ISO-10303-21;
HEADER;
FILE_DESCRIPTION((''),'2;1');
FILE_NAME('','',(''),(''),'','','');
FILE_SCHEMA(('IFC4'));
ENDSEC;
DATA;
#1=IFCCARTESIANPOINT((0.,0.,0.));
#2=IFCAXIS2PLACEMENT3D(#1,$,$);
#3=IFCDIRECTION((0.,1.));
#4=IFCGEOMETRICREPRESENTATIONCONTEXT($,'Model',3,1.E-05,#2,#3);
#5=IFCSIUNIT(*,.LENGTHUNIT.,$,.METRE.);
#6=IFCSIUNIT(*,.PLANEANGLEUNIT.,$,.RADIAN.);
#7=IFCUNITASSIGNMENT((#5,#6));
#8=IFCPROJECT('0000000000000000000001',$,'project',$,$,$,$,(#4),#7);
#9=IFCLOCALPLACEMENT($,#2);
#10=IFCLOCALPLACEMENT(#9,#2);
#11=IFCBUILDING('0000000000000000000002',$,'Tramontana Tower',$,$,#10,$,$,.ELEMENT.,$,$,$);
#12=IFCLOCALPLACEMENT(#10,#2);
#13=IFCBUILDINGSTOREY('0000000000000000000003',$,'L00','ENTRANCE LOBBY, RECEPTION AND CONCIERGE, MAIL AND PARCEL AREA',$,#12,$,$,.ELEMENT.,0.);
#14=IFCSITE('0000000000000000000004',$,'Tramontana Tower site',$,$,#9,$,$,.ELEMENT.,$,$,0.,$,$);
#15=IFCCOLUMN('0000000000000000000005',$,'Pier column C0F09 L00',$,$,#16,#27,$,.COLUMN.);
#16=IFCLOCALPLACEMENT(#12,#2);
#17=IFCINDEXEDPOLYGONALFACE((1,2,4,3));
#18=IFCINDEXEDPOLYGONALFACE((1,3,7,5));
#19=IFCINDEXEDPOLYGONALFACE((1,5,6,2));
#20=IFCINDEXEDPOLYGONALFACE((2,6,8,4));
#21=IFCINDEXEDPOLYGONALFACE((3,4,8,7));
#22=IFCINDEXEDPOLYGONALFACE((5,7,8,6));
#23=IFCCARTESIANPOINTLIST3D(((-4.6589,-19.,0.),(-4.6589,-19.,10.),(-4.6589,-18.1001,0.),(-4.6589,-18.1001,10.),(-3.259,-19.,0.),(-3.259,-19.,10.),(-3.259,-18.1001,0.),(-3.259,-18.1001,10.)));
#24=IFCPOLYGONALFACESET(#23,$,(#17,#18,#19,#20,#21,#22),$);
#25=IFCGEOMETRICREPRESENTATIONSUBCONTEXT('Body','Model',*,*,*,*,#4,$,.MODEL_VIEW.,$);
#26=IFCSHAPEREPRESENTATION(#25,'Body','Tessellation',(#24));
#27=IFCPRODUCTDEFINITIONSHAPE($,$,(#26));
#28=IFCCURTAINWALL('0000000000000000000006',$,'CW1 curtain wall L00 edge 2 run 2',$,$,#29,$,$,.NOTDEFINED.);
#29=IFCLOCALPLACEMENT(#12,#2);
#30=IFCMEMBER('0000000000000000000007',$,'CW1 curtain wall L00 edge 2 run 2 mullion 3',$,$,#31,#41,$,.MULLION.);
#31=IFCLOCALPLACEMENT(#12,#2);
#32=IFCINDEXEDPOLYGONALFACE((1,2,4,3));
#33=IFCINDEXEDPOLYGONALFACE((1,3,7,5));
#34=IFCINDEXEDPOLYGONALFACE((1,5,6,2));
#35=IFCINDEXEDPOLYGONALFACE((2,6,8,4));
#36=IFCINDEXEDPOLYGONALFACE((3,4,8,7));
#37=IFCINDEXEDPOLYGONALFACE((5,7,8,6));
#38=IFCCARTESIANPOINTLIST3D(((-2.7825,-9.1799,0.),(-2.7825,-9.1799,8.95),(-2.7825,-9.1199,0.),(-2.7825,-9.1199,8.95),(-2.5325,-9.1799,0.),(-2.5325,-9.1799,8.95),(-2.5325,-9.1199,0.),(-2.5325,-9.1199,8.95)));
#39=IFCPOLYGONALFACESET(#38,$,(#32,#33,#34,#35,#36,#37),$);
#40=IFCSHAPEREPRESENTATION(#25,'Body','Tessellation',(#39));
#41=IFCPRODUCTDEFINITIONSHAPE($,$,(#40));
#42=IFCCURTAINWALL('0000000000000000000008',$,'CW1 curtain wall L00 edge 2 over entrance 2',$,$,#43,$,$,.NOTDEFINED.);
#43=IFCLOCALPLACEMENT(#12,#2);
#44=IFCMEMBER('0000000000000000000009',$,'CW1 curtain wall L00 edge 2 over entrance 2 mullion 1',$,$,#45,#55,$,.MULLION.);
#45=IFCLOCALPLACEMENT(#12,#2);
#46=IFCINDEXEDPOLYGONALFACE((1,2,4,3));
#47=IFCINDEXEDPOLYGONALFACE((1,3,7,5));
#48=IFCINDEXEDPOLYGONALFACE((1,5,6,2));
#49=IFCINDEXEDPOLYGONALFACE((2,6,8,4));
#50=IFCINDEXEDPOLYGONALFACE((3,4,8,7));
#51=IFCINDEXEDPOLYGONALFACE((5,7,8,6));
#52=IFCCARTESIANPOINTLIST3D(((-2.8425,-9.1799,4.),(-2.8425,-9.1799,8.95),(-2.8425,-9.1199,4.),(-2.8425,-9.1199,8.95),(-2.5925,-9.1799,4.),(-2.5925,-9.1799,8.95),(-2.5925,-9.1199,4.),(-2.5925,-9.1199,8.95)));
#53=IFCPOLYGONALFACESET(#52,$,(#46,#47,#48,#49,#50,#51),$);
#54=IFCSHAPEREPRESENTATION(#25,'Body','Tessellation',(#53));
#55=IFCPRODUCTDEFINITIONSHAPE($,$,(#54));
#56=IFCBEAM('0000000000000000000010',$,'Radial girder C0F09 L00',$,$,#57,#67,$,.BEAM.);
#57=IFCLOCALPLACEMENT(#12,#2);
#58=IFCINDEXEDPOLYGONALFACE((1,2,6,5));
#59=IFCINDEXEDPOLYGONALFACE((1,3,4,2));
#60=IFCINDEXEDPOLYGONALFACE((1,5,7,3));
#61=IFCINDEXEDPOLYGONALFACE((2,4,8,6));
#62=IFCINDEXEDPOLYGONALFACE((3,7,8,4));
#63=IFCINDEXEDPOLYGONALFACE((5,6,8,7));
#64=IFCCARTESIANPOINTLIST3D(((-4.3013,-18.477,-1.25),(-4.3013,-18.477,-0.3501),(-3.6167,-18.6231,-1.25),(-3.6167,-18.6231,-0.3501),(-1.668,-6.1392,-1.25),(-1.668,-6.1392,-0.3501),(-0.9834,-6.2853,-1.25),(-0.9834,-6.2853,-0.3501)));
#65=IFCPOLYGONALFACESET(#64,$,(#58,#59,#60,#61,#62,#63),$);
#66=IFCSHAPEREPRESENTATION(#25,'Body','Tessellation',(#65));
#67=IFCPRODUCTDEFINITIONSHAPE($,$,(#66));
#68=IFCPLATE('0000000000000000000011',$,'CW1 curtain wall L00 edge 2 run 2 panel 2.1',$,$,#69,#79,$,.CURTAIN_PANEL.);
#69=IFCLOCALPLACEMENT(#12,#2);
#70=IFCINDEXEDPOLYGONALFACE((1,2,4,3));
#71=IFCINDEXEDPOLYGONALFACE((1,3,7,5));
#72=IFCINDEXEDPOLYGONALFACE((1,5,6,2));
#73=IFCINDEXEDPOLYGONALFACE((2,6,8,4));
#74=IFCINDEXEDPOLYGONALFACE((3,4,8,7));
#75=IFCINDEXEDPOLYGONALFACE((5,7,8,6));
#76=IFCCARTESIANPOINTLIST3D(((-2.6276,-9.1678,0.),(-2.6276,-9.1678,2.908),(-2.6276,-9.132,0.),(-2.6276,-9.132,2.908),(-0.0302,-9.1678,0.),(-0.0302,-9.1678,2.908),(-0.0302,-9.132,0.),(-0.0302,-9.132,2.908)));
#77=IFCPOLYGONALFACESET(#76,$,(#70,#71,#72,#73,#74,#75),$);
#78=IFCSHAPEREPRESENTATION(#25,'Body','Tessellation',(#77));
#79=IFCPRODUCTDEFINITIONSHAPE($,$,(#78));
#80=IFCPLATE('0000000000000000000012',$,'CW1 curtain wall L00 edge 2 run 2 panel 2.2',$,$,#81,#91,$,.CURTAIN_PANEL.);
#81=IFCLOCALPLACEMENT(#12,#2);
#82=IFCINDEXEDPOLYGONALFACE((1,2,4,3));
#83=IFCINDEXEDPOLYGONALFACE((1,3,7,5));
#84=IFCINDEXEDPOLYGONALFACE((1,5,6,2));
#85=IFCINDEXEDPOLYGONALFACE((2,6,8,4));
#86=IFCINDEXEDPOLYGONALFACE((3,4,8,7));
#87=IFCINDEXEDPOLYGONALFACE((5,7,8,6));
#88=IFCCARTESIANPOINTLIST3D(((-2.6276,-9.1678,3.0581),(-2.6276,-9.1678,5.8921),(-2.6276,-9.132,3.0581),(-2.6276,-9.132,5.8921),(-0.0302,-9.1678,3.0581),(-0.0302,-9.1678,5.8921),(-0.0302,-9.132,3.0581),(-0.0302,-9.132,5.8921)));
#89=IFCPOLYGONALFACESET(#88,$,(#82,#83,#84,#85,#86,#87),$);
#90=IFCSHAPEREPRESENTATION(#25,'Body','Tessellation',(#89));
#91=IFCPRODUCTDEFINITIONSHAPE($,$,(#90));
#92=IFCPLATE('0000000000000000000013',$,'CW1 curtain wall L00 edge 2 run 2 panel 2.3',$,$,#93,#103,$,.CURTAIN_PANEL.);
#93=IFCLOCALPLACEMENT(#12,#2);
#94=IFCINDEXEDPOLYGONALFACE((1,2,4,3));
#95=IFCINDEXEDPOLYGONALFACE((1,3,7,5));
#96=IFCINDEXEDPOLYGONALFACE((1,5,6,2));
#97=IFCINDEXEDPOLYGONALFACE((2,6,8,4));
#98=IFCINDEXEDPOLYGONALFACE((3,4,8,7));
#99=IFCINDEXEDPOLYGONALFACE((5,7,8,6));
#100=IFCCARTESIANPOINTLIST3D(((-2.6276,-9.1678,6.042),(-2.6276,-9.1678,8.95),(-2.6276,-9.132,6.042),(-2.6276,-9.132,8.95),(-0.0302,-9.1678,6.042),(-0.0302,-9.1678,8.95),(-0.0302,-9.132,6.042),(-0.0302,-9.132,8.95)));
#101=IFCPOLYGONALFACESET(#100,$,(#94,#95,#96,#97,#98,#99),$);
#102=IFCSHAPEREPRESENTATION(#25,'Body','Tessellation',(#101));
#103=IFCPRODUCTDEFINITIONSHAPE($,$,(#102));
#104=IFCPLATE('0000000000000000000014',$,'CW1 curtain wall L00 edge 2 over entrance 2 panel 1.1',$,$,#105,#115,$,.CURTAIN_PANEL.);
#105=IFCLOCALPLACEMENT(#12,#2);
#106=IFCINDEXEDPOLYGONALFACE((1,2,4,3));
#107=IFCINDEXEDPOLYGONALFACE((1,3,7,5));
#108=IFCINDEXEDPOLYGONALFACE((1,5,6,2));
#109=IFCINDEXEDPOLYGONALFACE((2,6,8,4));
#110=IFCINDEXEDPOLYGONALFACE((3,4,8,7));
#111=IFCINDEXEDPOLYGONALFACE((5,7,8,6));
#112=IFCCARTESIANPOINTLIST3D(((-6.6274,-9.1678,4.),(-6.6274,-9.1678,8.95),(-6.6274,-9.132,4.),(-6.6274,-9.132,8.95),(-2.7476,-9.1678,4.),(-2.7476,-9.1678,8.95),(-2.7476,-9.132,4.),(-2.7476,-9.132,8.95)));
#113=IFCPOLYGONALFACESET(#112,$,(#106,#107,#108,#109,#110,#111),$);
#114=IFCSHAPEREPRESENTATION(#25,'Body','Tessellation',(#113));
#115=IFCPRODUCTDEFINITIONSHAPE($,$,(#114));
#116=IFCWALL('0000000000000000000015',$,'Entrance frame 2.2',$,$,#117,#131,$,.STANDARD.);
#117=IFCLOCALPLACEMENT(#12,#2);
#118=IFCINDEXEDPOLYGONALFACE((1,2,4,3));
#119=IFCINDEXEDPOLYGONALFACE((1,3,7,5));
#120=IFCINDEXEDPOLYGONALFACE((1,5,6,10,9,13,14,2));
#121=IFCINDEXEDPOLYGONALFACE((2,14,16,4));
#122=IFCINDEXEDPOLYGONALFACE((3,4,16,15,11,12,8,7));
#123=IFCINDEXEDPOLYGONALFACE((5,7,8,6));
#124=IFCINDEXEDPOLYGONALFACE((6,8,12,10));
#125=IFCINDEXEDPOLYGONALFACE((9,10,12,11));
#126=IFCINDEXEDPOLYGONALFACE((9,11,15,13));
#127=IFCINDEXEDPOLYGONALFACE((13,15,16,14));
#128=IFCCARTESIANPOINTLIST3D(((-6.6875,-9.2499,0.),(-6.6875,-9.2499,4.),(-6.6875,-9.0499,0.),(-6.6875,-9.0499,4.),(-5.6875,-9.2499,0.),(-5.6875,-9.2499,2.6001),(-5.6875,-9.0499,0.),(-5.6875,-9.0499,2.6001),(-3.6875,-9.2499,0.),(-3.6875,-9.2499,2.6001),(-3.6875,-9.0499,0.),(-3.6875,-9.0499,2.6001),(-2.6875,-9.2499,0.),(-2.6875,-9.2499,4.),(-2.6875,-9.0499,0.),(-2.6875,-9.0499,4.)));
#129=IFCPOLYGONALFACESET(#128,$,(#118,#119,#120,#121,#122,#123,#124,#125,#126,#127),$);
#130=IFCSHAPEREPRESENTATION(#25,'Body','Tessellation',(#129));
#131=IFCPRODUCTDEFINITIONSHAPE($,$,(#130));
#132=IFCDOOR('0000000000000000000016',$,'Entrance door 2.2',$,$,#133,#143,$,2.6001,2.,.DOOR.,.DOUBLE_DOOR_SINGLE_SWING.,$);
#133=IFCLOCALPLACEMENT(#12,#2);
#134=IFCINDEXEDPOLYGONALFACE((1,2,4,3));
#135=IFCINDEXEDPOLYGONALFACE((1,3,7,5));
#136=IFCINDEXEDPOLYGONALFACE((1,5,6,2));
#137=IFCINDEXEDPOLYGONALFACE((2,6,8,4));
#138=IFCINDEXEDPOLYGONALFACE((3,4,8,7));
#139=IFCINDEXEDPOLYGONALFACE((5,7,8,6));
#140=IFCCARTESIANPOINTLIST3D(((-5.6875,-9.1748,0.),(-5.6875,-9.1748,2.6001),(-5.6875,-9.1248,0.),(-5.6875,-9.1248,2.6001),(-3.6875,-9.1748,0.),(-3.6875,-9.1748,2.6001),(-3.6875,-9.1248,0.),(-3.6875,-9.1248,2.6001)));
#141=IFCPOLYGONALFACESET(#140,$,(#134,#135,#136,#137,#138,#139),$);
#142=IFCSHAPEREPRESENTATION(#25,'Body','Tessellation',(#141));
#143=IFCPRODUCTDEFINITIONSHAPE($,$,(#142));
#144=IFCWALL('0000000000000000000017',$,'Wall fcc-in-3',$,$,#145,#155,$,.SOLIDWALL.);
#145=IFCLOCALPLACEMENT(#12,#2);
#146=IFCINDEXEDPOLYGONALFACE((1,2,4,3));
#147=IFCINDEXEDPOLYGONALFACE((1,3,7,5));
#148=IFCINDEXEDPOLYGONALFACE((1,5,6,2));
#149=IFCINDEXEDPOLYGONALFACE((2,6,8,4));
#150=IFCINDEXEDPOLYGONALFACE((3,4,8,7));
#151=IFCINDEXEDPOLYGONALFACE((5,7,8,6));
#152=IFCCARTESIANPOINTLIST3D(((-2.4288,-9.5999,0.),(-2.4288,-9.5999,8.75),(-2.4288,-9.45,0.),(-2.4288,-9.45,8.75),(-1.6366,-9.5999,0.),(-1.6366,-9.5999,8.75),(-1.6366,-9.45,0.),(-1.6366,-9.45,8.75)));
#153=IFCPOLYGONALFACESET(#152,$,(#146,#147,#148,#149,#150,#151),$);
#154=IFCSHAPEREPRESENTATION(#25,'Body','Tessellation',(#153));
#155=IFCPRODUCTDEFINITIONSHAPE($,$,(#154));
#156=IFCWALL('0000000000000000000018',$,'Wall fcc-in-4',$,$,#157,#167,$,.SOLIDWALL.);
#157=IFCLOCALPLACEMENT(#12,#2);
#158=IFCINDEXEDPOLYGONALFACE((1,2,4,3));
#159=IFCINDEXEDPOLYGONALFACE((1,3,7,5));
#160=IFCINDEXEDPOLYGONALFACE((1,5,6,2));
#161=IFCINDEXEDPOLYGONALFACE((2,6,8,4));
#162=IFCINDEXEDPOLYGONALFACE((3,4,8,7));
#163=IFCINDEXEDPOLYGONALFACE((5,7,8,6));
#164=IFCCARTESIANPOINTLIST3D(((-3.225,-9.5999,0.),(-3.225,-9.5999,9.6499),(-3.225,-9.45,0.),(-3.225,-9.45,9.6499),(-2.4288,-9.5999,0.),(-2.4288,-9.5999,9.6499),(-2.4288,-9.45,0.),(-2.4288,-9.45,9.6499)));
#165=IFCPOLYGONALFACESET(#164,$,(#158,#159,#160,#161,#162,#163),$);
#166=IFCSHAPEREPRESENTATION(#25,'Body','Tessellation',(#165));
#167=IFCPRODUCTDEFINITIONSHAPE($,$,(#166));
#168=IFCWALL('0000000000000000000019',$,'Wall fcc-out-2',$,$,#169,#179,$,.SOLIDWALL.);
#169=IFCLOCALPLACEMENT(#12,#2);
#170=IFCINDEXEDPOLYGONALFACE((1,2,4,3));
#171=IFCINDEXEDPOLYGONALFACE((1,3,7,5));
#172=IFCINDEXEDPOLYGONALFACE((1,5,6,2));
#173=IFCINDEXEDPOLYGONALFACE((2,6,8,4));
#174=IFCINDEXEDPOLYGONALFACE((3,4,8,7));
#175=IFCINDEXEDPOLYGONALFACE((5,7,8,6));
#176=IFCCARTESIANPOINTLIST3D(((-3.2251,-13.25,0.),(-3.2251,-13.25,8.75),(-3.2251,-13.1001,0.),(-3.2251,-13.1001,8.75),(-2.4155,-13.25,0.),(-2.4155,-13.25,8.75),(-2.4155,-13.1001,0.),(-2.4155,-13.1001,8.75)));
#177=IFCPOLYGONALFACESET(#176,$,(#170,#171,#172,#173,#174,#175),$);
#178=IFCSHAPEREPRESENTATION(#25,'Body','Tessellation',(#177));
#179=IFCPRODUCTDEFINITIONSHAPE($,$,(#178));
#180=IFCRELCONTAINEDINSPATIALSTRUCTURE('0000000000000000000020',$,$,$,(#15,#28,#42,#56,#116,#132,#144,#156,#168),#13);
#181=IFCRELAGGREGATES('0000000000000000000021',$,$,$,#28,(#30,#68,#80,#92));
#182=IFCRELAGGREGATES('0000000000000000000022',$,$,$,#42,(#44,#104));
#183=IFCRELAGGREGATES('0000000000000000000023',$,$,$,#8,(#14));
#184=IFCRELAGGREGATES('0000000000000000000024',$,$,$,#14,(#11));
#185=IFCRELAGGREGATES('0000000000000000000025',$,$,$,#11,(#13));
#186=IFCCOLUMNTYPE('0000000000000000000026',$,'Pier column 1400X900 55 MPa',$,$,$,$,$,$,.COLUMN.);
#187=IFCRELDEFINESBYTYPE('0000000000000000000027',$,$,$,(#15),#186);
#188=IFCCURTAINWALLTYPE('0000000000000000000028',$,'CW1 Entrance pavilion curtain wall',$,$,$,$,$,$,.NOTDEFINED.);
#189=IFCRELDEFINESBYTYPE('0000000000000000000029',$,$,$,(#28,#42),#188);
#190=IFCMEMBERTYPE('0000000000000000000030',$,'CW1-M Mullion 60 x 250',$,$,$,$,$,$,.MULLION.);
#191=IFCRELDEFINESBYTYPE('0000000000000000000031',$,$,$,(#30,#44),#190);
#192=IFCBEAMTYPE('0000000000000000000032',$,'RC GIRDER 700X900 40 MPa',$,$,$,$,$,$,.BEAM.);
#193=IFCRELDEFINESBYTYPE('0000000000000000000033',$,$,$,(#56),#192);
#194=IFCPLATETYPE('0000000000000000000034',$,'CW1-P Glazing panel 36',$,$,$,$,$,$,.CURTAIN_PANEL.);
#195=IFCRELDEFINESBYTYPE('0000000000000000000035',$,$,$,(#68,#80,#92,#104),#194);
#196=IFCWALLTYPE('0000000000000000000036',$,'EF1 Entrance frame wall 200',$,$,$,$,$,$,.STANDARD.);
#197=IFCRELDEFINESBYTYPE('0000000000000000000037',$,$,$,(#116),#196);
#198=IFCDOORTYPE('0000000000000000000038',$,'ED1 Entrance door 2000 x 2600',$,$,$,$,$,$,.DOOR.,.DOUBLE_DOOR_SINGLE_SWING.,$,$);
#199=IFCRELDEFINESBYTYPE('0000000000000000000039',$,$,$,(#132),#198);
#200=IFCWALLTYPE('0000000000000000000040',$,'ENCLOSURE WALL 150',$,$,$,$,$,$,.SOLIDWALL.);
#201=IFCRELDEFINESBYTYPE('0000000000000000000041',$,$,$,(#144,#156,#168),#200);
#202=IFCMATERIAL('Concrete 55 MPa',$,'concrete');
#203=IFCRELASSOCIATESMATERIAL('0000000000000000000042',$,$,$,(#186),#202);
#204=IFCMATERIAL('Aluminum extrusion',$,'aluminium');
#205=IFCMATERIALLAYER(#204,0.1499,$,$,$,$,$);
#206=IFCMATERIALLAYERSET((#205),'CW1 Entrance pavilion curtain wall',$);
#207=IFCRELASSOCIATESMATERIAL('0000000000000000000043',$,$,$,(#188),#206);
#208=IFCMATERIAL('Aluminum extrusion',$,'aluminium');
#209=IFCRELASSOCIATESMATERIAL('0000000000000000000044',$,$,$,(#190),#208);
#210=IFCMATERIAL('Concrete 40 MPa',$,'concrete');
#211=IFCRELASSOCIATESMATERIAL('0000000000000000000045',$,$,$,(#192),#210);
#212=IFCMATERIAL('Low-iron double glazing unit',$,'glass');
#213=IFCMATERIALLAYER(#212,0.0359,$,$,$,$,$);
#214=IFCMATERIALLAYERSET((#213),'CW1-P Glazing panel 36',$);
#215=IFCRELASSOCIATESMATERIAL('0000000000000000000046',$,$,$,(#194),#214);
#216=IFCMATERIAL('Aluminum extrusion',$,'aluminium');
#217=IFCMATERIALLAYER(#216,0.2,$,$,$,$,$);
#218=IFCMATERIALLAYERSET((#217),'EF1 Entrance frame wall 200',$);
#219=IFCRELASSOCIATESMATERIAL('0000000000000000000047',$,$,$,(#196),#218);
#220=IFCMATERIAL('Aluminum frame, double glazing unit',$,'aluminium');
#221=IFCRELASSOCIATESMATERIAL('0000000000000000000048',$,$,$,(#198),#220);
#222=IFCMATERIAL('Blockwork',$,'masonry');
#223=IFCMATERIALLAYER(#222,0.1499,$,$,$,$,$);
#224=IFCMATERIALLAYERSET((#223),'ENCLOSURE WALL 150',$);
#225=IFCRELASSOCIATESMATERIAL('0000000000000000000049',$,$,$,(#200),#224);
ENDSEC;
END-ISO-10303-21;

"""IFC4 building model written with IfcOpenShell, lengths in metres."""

from ifc_helpers import new_model, si_unit, direction, frame, frame_2d, origin, origin_2d, place, context, subcontext, project, spatial, rectangle, extrude, material, layer, layer_set, material_profile, profile_set, type_object, element, fill, aggregate, save


model = new_model("IFC4")

# Units and contexts
model_context = context("Model", 3, precision=1e-05, world=origin(), true_north=direction((0.0, 1.0)))
body_context = subcontext(model_context, "Body", "Model", "MODEL_VIEW")
ifc_project = project(units=[si_unit("LENGTHUNIT", "METRE"), si_unit("PLANEANGLEUNIT", "RADIAN")], contexts=[model_context])

# Site, building, storey
site_placement = place(None, origin())
site = spatial("IfcSite", under=ifc_project, at=site_placement, Name="Tramontana Tower site", CompositionType="ELEMENT", RefElevation=0.0)
building_placement = place(site_placement, origin())
building = spatial("IfcBuilding", under=site, at=building_placement, Name="Tramontana Tower", CompositionType="ELEMENT")
storey_placement = place(building_placement, origin())
storey = spatial("IfcBuildingStorey", under=building, at=storey_placement, Name="L00", Description="ENTRANCE LOBBY, RECEPTION AND CONCIERGE, MAIL AND PARCEL AREA", CompositionType="ELEMENT", Elevation=0.0)

# Column
ifc_material_1 = material(Name="Concrete 55 MPa", Category="concrete")
ifc_material_profile_1 = material_profile(ifc_material_1, rectangle(XDim=1.3999, YDim=0.8999, at=origin_2d()), Name="Pier column 1400X900 55 MPa")
ifc_profile_set_1 = profile_set([ifc_material_profile_1], Name="Concrete 55 MPa")
column_type = type_object("IfcColumnType", Name="Pier column 1400X900 55 MPa", PredefinedType="COLUMN", material=ifc_profile_set_1)
column_placement = place(storey_placement, frame((-3.959, -18.55, 0.0), z_axis=(0.0, 0.0, 1.0), x_axis=(1.0, 0.0, 0.0)))
element("IfcColumn", 1, at=column_placement, inside=storey, type_object=column_type, Name="Pier column C0F09 L00", PredefinedType="COLUMN", context=body_context, shape_type="SweptSolid", body=[
    extrude(rectangle(XDim=1.3999, YDim=0.8999, at=origin_2d()), origin(), (0.0, 0.0, 1.0), 10.0),
])

# Curtain walls, members
ifc_material_2 = material(Name="Aluminum extrusion", Category="aluminium")
ifc_layer_1 = layer(ifc_material_2, 0.1499)
ifc_layer_set_1 = layer_set([ifc_layer_1], Name="CW1 Entrance pavilion curtain wall")
curtain_wall_type = type_object("IfcCurtainWallType", Name="CW1 Entrance pavilion curtain wall", PredefinedType="NOTDEFINED", material=ifc_layer_set_1)
curtain_wall_1_placement = place(storey_placement, origin())
curtain_wall_1 = element("IfcCurtainWall", 2, at=curtain_wall_1_placement, inside=storey, type_object=curtain_wall_type, Name="CW1 curtain wall L00 edge 2 run 2", PredefinedType="NOTDEFINED")
ifc_material_3 = material(Name="Aluminum extrusion", Category="aluminium")
ifc_material_profile_2 = material_profile(ifc_material_3, rectangle(XDim=0.0601, YDim=0.25, at=origin_2d()), Name="CW1-M Mullion 60 x 250")
ifc_profile_set_2 = profile_set([ifc_material_profile_2], Name="Aluminum extrusion")
member_type = type_object("IfcMemberType", Name="CW1-M Mullion 60 x 250", PredefinedType="MULLION", material=ifc_profile_set_2)
member_1_placement = place(storey_placement, frame((-2.6575, -9.1499, 0.0), z_axis=(0.0, 0.0, 1.0), x_axis=(0.0, -1.0, 0.0)))
member_1 = element("IfcMember", 3, at=member_1_placement, type_object=member_type, Name="CW1 curtain wall L00 edge 2 run 2 mullion 3", PredefinedType="MULLION", context=body_context, shape_type="SweptSolid", body=[
    extrude(rectangle(XDim=0.0601, YDim=0.25, at=origin_2d()), origin(), (0.0, 0.0, 1.0), 8.95),
])
curtain_wall_2_placement = place(storey_placement, origin())
curtain_wall_2 = element("IfcCurtainWall", 4, at=curtain_wall_2_placement, inside=storey, type_object=curtain_wall_type, Name="CW1 curtain wall L00 edge 2 over entrance 2", PredefinedType="NOTDEFINED")
member_2_placement = place(storey_placement, frame((-2.7175, -9.1499, 4.0), z_axis=(0.0, 0.0, 1.0), x_axis=(0.0, -1.0, 0.0)))
member_2 = element("IfcMember", 5, at=member_2_placement, type_object=member_type, Name="CW1 curtain wall L00 edge 2 over entrance 2 mullion 1", PredefinedType="MULLION", context=body_context, shape_type="SweptSolid", body=[
    extrude(rectangle(XDim=0.0601, YDim=0.25, at=origin_2d()), origin(), (0.0, 0.0, 1.0), 4.95),
])

# Beam
ifc_material_4 = material(Name="Concrete 40 MPa", Category="concrete")
ifc_material_profile_3 = material_profile(ifc_material_4, rectangle(XDim=0.7, YDim=0.8999, at=origin_2d()), Name="RC GIRDER 700X900 40 MPa")
ifc_profile_set_3 = profile_set([ifc_material_profile_3], Name="Concrete 40 MPa")
beam_type = type_object("IfcBeamType", Name="RC GIRDER 700X900 40 MPa", PredefinedType="BEAM", material=ifc_profile_set_3)
beam_placement = place(storey_placement, frame((-3.959, -18.55, -0.8), z_axis=(0.208731, 0.977973, 0.0), x_axis=(-0.977973, 0.208731, 0.0)))
element("IfcBeam", 6, at=beam_placement, inside=storey, type_object=beam_type, Name="Radial girder C0F09 L00", PredefinedType="BEAM", context=body_context, shape_type="SweptSolid", body=[
    extrude(rectangle(XDim=0.7, YDim=0.8999, at=origin_2d()), origin(), (0.0, 0.0, 1.0), 12.6157),
])

# Plates
ifc_material_5 = material(Name="Low-iron double glazing unit", Category="glass")
ifc_layer_2 = layer(ifc_material_5, 0.0359)
ifc_layer_set_2 = layer_set([ifc_layer_2], Name="CW1-P Glazing panel 36")
plate_type = type_object("IfcPlateType", Name="CW1-P Glazing panel 36", PredefinedType="CURTAIN_PANEL", material=ifc_layer_set_2)
plate_1_placement = place(storey_placement, frame((-1.3289, -9.1499, 0.0), z_axis=(0.0, 0.0, 1.0), x_axis=(-1.0, 0.0, 0.0)))
plate_1 = element("IfcPlate", 7, at=plate_1_placement, type_object=plate_type, Name="CW1 curtain wall L00 edge 2 run 2 panel 2.1", PredefinedType="CURTAIN_PANEL", context=body_context, shape_type="SweptSolid", body=[
    extrude(rectangle(XDim=2.5974, YDim=0.0359, at=origin_2d()), origin(), (0.0, 0.0, 1.0), 2.908),
])
plate_2_placement = place(storey_placement, frame((-1.3289, -9.1499, 3.0581), z_axis=(0.0, 0.0, 1.0), x_axis=(-1.0, 0.0, 0.0)))
plate_2 = element("IfcPlate", 8, at=plate_2_placement, type_object=plate_type, Name="CW1 curtain wall L00 edge 2 run 2 panel 2.2", PredefinedType="CURTAIN_PANEL", context=body_context, shape_type="SweptSolid", body=[
    extrude(rectangle(XDim=2.5974, YDim=0.0359, at=origin_2d()), origin(), (0.0, 0.0, 1.0), 2.834),
])
plate_3_placement = place(storey_placement, frame((-1.3289, -9.1499, 6.042), z_axis=(0.0, 0.0, 1.0), x_axis=(-1.0, 0.0, 0.0)))
plate_3 = element("IfcPlate", 9, at=plate_3_placement, type_object=plate_type, Name="CW1 curtain wall L00 edge 2 run 2 panel 2.3", PredefinedType="CURTAIN_PANEL", context=body_context, shape_type="SweptSolid", body=[
    extrude(rectangle(XDim=2.5974, YDim=0.0359, at=origin_2d()), origin(), (0.0, 0.0, 1.0), 2.908),
])
aggregate(curtain_wall_1, [member_1, plate_1, plate_2, plate_3])
plate_4_placement = place(storey_placement, frame((-4.6875, -9.1499, 4.0), z_axis=(0.0, 0.0, 1.0), x_axis=(-1.0, 0.0, 0.0)))
plate_4 = element("IfcPlate", 10, at=plate_4_placement, type_object=plate_type, Name="CW1 curtain wall L00 edge 2 over entrance 2 panel 1.1", PredefinedType="CURTAIN_PANEL", context=body_context, shape_type="SweptSolid", body=[
    extrude(rectangle(XDim=3.8799, YDim=0.0359, at=origin_2d()), origin(), (0.0, 0.0, 1.0), 4.95),
])
aggregate(curtain_wall_2, [member_2, plate_4])

# Wall, opening, door
ifc_material_6 = material(Name="Aluminum extrusion", Category="aluminium")
ifc_layer_3 = layer(ifc_material_6, 0.2)
ifc_layer_set_3 = layer_set([ifc_layer_3], Name="EF1 Entrance frame wall 200")
wall_type_1 = type_object("IfcWallType", Name="EF1 Entrance frame wall 200", PredefinedType="STANDARD", material=ifc_layer_set_3)
wall_1_placement = place(storey_placement, frame((-2.6875, -9.1499, 0.0), z_axis=(0.0, 0.0, 1.0), x_axis=(-1.0, 0.0, 0.0)))
wall_1 = element("IfcWall", 11, at=wall_1_placement, inside=storey, type_object=wall_type_1, Name="Entrance frame 2.2", PredefinedType="STANDARD", context=body_context, shape_type="SweptSolid", body=[
    extrude(rectangle(XDim=4.0, YDim=0.2, at=frame_2d((2.0, 0.0))), origin(), (0.0, 0.0, 1.0), 4.0),
])
opening_placement = place(wall_1_placement, frame((1.0, 0.0, 0.0)))
opening = element("IfcOpeningElement", 12, at=opening_placement, cuts=wall_1, PredefinedType="OPENING", context=body_context, shape_type="SweptSolid", body=[
    extrude(rectangle(XDim=2.0, YDim=2.6001, at=frame_2d((1.0, 1.3))), frame((0.0, 0.1099, 0.0), z_axis=(0.0, -1.0, 0.0), x_axis=(1.0, 0.0, 0.0)), (0.0, 0.0, 1.0), 0.22),
])
ifc_material_7 = material(Name="Aluminum frame, double glazing unit", Category="aluminium")
door_type = type_object("IfcDoorType", Name="ED1 Entrance door 2000 x 2600", OperationType="DOUBLE_DOOR_SINGLE_SWING", PredefinedType="DOOR", material=ifc_material_7)
door_placement = place(opening_placement, origin())
door = element("IfcDoor", 13, at=door_placement, inside=storey, type_object=door_type, Name="Entrance door 2.2", OperationType="DOUBLE_DOOR_SINGLE_SWING", OverallHeight=2.6001, OverallWidth=2.0, PredefinedType="DOOR", context=body_context, shape_type="SweptSolid", body=[
    extrude(rectangle(XDim=2.0, YDim=2.6001, at=frame_2d((1.0, 1.3))), frame((0.0, 0.0249, 0.0), z_axis=(0.0, -1.0, 0.0), x_axis=(1.0, 0.0, 0.0)), (0.0, 0.0, 1.0), 0.05),
])
fill(opening, door)

# Walls
ifc_material_8 = material(Name="Blockwork", Category="masonry")
ifc_layer_4 = layer(ifc_material_8, 0.1499)
ifc_layer_set_4 = layer_set([ifc_layer_4], Name="ENCLOSURE WALL 150")
wall_type_2 = type_object("IfcWallType", Name="ENCLOSURE WALL 150", PredefinedType="SOLIDWALL", material=ifc_layer_set_4)
wall_2_placement = place(storey_placement, frame((-1.6367, -9.5249, 0.0), z_axis=(0.0, 0.0, 1.0), x_axis=(-1.0, 0.0, 0.0)))
element("IfcWall", 14, at=wall_2_placement, inside=storey, type_object=wall_type_2, Name="Wall fcc-in-3", PredefinedType="SOLIDWALL", context=body_context, shape_type="SweptSolid", body=[
    extrude(rectangle(XDim=0.7922, YDim=0.1499, at=frame_2d((0.396, 0.0))), origin(), (0.0, 0.0, 1.0), 8.75),
])
wall_3_placement = place(storey_placement, frame((-2.429, -9.5249, 0.0), z_axis=(0.0, 0.0, 1.0), x_axis=(-1.0, 0.0, 0.0)))
element("IfcWall", 15, at=wall_3_placement, inside=storey, type_object=wall_type_2, Name="Wall fcc-in-4", PredefinedType="SOLIDWALL", context=body_context, shape_type="SweptSolid", body=[
    extrude(rectangle(XDim=0.7961, YDim=0.1499, at=frame_2d((0.3979, 0.0))), origin(), (0.0, 0.0, 1.0), 9.6499),
])
wall_4_placement = place(storey_placement, frame((-2.4155, -13.175, 0.0), z_axis=(0.0, 0.0, 1.0), x_axis=(-1.0, 0.0, 0.0)))
element("IfcWall", 16, at=wall_4_placement, inside=storey, type_object=wall_type_2, Name="Wall fcc-out-2", PredefinedType="SOLIDWALL", context=body_context, shape_type="SweptSolid", body=[
    extrude(rectangle(XDim=0.8096, YDim=0.1499, at=frame_2d((0.4048, 0.0))), origin(), (0.0, 0.0, 1.0), 8.75),
])

save(model, "model.ifc")
